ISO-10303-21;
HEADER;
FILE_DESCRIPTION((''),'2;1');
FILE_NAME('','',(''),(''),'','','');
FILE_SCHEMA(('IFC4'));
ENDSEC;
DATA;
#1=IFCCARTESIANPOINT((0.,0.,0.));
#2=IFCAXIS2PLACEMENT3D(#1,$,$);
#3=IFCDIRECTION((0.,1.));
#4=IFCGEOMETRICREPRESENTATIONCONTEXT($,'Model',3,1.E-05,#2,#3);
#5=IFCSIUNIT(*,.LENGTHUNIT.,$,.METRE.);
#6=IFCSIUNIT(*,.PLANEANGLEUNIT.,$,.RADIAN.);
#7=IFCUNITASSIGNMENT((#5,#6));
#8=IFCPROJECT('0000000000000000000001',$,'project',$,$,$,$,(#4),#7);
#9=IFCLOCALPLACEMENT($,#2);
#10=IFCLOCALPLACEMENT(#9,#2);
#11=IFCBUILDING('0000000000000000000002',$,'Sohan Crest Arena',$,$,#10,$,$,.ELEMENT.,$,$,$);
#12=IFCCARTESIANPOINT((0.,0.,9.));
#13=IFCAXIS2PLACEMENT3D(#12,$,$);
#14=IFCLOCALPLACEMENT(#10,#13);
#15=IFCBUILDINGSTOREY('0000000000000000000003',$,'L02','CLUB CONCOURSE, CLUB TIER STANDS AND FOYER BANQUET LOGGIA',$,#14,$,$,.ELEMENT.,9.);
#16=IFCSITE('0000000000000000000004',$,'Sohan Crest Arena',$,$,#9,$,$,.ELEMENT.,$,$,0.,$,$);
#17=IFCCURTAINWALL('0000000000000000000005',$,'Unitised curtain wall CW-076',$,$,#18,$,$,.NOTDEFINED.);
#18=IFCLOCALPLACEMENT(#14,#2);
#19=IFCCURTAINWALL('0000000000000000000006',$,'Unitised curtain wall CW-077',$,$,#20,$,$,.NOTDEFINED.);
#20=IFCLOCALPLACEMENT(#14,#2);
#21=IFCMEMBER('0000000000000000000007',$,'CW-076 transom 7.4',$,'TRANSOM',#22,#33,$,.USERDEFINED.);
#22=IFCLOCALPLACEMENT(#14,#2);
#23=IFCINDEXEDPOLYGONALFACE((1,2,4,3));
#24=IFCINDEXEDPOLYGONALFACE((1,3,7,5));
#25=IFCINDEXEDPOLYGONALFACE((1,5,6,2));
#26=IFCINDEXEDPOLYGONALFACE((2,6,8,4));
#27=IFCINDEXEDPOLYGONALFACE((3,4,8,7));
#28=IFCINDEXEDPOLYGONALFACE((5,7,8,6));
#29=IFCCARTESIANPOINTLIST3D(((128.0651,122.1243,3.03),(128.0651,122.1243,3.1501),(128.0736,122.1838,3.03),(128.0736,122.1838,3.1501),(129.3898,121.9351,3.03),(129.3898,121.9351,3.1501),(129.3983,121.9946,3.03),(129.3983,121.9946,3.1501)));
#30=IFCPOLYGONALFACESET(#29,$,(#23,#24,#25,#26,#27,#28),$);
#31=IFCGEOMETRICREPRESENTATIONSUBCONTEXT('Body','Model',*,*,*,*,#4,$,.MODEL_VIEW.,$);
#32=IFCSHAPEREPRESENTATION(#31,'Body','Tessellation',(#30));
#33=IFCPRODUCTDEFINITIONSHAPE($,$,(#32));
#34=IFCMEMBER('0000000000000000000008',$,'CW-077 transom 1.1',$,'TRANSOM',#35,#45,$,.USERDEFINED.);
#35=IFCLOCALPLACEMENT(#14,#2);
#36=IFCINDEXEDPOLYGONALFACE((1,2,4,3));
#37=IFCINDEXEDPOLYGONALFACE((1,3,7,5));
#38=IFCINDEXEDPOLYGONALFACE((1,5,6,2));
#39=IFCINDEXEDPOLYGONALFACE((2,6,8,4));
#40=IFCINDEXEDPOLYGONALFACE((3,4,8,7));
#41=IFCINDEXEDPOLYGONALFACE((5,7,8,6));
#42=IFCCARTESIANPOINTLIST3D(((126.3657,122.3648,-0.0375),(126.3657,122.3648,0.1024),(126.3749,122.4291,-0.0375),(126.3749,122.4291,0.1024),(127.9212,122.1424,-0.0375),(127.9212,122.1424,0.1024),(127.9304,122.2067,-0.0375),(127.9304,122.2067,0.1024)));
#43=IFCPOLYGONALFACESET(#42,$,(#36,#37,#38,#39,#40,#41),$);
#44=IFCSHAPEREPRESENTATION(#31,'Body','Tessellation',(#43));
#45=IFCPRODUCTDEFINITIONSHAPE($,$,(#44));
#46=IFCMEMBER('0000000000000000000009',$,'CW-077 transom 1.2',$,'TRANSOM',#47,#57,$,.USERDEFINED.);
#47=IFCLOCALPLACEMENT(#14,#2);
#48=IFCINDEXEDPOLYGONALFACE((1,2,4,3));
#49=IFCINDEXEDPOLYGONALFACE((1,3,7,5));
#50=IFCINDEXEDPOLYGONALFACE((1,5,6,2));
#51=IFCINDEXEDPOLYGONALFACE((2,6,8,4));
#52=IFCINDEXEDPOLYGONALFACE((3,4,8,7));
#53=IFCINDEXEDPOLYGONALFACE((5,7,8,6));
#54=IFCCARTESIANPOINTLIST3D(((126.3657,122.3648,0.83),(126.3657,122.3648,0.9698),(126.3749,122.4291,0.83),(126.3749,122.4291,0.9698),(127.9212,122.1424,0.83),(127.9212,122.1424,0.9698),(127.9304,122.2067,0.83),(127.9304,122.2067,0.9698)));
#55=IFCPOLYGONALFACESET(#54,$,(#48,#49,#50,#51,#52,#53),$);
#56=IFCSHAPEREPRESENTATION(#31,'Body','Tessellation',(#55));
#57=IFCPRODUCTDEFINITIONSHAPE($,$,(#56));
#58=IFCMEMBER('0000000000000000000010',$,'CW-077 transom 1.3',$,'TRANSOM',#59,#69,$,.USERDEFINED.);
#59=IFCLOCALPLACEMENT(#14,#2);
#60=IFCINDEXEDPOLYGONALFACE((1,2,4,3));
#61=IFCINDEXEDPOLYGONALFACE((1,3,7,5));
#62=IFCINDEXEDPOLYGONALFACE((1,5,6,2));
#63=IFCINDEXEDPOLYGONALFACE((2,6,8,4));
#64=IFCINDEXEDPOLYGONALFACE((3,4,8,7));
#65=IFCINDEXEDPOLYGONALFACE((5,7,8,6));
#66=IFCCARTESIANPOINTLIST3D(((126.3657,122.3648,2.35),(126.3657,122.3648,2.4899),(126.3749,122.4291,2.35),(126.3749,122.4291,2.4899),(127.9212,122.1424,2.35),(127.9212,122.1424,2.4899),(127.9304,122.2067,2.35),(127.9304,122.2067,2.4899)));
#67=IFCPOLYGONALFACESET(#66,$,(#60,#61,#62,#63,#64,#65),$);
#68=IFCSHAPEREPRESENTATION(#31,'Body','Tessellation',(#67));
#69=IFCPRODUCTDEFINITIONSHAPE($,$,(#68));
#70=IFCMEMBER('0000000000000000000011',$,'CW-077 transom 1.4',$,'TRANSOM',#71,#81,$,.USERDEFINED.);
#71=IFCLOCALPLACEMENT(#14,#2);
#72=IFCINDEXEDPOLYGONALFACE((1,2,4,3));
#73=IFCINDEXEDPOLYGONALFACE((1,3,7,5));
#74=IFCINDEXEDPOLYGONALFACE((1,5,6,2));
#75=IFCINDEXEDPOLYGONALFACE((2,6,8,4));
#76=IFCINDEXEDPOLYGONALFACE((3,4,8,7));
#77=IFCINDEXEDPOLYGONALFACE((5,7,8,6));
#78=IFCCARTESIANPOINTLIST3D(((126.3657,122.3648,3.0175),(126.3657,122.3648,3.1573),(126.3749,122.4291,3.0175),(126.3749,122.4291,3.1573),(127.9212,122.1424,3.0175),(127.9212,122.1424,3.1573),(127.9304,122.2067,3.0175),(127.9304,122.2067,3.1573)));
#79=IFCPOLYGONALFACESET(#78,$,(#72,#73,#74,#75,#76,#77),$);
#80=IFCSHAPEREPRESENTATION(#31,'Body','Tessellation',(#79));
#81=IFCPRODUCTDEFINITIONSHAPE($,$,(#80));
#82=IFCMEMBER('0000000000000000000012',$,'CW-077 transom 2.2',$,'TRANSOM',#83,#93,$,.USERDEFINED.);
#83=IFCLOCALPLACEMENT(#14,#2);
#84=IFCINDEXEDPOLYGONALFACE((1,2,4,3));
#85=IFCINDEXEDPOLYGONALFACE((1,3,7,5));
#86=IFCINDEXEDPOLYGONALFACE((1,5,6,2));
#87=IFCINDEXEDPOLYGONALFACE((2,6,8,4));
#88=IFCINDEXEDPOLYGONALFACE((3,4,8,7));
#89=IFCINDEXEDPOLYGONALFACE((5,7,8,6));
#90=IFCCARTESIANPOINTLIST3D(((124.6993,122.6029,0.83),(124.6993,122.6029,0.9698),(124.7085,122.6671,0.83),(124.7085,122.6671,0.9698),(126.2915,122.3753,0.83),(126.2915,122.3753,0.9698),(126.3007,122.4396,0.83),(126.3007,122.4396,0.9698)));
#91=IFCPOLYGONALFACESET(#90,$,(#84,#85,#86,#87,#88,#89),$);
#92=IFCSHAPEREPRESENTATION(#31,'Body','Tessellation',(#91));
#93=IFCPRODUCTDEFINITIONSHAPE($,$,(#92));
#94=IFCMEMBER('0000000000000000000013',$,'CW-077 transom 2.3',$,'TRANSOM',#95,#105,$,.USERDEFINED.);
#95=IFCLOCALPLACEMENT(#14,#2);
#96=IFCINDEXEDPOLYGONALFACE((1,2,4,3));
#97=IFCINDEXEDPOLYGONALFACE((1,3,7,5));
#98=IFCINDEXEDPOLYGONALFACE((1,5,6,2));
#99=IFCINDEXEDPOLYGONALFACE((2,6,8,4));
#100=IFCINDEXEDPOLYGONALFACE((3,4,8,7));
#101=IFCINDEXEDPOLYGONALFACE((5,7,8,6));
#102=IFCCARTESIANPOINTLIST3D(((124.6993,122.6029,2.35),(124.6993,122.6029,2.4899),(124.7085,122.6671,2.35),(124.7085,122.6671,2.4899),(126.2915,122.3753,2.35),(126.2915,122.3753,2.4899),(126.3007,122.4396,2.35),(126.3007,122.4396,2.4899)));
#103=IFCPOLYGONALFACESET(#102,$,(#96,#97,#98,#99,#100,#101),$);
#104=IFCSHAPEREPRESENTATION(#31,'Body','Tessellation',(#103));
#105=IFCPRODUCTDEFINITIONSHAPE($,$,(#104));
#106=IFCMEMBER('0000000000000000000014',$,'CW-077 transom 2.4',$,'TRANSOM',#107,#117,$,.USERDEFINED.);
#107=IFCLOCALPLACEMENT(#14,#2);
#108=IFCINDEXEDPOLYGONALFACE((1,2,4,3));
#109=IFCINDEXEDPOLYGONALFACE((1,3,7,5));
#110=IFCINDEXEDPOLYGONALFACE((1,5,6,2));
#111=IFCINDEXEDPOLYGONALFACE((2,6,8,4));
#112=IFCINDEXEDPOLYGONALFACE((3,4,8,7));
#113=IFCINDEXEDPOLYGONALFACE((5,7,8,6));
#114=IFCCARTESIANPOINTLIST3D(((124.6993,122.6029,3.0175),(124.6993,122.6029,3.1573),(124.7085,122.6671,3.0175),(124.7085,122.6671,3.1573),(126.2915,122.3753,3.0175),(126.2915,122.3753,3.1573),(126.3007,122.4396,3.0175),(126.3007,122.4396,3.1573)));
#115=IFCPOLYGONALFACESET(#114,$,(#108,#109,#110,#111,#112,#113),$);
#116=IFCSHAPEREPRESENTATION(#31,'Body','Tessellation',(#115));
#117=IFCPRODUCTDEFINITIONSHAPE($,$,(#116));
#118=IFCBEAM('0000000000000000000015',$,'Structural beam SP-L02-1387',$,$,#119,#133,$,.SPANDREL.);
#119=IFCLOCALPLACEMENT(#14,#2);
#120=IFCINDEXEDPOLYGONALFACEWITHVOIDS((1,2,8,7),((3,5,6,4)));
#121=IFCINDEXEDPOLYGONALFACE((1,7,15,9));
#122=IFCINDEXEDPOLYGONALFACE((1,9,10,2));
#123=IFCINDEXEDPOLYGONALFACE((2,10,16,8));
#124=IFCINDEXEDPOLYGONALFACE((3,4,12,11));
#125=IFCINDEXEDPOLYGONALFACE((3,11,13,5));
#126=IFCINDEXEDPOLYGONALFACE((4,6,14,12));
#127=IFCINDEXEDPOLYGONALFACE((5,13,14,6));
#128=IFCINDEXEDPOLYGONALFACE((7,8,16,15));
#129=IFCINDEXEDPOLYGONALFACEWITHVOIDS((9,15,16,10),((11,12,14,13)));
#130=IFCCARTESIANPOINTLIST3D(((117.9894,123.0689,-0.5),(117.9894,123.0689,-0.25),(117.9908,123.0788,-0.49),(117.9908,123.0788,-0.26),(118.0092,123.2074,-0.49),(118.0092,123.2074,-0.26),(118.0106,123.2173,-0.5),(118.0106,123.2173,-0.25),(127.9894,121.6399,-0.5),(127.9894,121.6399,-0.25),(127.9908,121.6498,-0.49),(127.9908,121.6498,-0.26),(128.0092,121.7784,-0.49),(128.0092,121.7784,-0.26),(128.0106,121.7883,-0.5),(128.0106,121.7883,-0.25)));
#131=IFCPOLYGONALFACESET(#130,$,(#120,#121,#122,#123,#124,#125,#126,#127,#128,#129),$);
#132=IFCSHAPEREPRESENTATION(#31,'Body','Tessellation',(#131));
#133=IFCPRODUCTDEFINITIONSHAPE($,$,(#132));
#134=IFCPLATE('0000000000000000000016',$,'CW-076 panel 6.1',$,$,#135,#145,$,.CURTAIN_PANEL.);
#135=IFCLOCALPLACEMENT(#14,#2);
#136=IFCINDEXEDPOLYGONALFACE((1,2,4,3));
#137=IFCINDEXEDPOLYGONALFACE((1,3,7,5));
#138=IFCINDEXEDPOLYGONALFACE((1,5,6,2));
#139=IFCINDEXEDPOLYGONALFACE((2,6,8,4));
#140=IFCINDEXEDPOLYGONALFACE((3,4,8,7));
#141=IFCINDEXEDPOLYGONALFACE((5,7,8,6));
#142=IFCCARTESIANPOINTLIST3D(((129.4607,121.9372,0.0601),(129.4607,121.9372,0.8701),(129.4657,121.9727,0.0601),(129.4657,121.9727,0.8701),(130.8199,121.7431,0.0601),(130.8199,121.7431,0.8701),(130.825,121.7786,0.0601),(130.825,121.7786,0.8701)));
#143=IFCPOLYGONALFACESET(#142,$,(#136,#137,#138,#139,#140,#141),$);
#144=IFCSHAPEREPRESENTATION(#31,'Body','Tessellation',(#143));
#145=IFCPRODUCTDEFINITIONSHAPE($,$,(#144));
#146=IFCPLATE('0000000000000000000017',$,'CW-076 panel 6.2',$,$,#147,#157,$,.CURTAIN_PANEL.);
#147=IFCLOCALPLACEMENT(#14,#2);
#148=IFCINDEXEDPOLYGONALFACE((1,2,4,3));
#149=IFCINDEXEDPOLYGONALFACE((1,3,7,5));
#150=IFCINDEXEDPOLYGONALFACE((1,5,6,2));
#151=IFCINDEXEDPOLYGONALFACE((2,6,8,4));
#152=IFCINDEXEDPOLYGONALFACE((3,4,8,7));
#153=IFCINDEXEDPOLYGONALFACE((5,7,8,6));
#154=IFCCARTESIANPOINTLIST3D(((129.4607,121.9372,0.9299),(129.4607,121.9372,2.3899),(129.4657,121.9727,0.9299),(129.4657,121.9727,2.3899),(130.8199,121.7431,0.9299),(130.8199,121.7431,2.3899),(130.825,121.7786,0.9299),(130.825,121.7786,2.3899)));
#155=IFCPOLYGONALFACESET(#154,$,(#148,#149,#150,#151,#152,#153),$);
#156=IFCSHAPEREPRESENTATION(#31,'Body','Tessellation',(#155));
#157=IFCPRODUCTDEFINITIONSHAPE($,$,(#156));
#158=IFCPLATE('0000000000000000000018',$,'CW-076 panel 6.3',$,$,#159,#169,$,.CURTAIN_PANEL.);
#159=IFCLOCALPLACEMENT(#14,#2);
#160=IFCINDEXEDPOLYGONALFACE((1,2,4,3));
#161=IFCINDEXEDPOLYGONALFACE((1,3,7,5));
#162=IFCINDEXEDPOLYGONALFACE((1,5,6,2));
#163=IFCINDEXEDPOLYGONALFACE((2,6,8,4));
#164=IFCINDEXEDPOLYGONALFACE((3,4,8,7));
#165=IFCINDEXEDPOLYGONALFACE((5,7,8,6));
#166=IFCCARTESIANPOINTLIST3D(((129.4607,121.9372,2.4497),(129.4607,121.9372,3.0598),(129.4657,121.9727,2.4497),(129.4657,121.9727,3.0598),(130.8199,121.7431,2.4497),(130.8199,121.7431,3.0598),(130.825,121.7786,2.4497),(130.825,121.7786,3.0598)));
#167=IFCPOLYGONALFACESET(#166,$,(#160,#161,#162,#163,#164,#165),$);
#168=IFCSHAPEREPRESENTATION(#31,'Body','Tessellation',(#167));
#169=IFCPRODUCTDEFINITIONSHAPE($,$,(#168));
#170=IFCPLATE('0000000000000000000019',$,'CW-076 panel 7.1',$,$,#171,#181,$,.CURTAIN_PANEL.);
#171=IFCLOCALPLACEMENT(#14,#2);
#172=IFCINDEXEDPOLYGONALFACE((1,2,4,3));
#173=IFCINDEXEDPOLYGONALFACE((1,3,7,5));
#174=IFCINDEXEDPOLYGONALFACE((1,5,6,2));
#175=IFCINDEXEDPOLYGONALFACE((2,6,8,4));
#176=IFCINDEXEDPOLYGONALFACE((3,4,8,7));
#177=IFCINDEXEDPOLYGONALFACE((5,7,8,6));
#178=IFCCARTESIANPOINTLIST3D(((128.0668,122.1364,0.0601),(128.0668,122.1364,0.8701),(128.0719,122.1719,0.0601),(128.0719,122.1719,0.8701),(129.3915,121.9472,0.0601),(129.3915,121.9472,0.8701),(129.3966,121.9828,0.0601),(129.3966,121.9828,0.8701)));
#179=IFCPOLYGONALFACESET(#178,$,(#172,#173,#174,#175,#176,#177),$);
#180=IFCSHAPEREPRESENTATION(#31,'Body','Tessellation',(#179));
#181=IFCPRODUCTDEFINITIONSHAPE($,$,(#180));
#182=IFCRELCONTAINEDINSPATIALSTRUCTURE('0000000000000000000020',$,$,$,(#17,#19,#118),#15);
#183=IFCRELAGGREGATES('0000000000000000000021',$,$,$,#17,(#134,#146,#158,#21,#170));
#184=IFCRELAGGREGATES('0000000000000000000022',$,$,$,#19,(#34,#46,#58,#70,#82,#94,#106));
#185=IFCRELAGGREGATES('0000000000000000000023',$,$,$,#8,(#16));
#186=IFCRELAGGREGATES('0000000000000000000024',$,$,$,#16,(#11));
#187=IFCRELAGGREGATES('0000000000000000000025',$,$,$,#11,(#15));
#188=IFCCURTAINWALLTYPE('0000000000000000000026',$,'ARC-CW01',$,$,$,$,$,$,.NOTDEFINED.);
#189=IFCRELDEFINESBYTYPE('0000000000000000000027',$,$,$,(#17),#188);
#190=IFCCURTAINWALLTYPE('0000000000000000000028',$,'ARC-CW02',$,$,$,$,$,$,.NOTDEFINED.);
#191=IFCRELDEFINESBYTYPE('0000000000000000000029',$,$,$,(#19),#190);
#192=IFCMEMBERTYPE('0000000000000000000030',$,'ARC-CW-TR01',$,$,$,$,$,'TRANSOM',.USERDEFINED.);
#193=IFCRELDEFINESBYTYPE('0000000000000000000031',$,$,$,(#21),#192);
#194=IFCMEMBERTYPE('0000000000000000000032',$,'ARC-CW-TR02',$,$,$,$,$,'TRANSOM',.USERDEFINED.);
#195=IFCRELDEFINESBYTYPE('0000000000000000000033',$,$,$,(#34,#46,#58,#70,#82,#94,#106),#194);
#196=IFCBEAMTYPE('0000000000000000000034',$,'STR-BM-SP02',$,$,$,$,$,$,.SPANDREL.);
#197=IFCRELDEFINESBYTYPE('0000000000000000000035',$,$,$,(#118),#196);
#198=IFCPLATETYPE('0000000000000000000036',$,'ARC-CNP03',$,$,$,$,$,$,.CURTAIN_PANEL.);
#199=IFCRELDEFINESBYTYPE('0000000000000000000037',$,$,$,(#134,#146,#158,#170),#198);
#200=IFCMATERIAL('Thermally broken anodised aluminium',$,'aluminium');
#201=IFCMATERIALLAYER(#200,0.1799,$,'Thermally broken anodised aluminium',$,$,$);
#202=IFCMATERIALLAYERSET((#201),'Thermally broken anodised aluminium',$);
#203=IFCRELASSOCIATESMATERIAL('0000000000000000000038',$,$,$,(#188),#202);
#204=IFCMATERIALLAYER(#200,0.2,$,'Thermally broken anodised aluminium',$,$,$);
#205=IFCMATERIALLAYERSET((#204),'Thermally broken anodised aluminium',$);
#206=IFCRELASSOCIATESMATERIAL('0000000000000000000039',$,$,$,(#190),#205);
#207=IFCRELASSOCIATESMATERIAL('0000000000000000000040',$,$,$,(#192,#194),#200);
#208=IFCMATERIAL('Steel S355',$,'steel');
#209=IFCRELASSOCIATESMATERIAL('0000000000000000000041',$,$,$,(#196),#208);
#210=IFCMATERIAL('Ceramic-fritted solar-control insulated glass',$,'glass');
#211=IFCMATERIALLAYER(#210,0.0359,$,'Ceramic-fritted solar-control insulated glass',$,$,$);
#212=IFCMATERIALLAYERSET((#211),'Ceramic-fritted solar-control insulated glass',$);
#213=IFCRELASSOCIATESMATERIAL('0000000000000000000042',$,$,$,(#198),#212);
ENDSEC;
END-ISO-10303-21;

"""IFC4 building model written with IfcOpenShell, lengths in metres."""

from ifc_helpers import new_model, si_unit, direction, frame, origin, origin_2d, place, context, subcontext, project, spatial, rectangle, hollow_rectangle, extrude, material, layer, layer_set, material_profile, profile_set, type_object, element, aggregate, save


model = new_model("IFC4")

# Units and contexts
model_context = context("Model", 3, precision=1e-05, world=origin(), true_north=direction((0.0, 1.0)))
body_context = subcontext(model_context, "Body", "Model", "MODEL_VIEW")
ifc_project = project(units=[si_unit("LENGTHUNIT", "METRE"), si_unit("PLANEANGLEUNIT", "RADIAN")], contexts=[model_context])

# Site, building, storey
site_placement = place(None, origin())
site = spatial("IfcSite", under=ifc_project, at=site_placement, Name="Sohan Crest Arena", CompositionType="ELEMENT", RefElevation=0.0)
building_placement = place(site_placement, origin())
building = spatial("IfcBuilding", under=site, at=building_placement, Name="Sohan Crest Arena", CompositionType="ELEMENT")
storey_placement = place(building_placement, frame((0.0, 0.0, 9.0)))
storey = spatial("IfcBuildingStorey", under=building, at=storey_placement, Name="L02", Description="CLUB CONCOURSE, CLUB TIER STANDS AND FOYER BANQUET LOGGIA", CompositionType="ELEMENT", Elevation=9.0)

# Shared definitions
ifc_material_1 = material(Name="Steel S355", Category="steel")

# Curtain walls
ifc_material_2 = material(Name="Thermally broken anodised aluminium", Category="aluminium")
ifc_layer_1 = layer(ifc_material_2, 0.1799, Name="Thermally broken anodised aluminium")
ifc_layer_set_1 = layer_set([ifc_layer_1], Name="Thermally broken anodised aluminium")
curtain_wall_type_1 = type_object("IfcCurtainWallType", Name="ARC-CW01", PredefinedType="NOTDEFINED", material=ifc_layer_set_1)
curtain_wall_1_placement = place(storey_placement, origin())
curtain_wall_1 = element("IfcCurtainWall", 1, at=curtain_wall_1_placement, inside=storey, type_object=curtain_wall_type_1, Name="Unitised curtain wall CW-076", PredefinedType="NOTDEFINED")
ifc_layer_2 = layer(ifc_material_2, 0.2, Name="Thermally broken anodised aluminium")
ifc_layer_set_2 = layer_set([ifc_layer_2], Name="Thermally broken anodised aluminium")
curtain_wall_type_2 = type_object("IfcCurtainWallType", Name="ARC-CW02", PredefinedType="NOTDEFINED", material=ifc_layer_set_2)
curtain_wall_2_placement = place(storey_placement, origin())
curtain_wall_2 = element("IfcCurtainWall", 2, at=curtain_wall_2_placement, inside=storey, type_object=curtain_wall_type_2, Name="Unitised curtain wall CW-077", PredefinedType="NOTDEFINED")

# Members
ifc_material_profile_1 = material_profile(ifc_material_2, rectangle(XDim=0.0601, YDim=0.1201, at=origin_2d()), Name="ALU-TRAN 60x120")
ifc_profile_set_1 = profile_set([ifc_material_profile_1], Name="Thermally broken anodised aluminium")
member_type_1 = type_object("IfcMemberType", Name="ARC-CW-TR01", ElementType="TRANSOM", PredefinedType="USERDEFINED", material=ifc_profile_set_1)
member_1_placement = place(storey_placement, frame((129.394, 121.9648, 3.0901), z_axis=(-0.989953, 0.141396, 0.0), x_axis=(-0.141396, -0.989953, 0.0)))
member_1 = element("IfcMember", 3, at=member_1_placement, type_object=member_type_1, Name="CW-076 transom 7.4", ObjectType="TRANSOM", PredefinedType="USERDEFINED", context=body_context, shape_type="SweptSolid", body=[
    extrude(rectangle(XDim=0.0601, YDim=0.1201, at=origin_2d()), origin(), (0.0, 0.0, 1.0), 1.3381),
])
ifc_material_profile_2 = material_profile(ifc_material_2, rectangle(XDim=0.0649, YDim=0.1399, at=origin_2d()), Name="ALU-TRAN 65x140")
ifc_profile_set_2 = profile_set([ifc_material_profile_2], Name="Thermally broken anodised aluminium")
member_type_2 = type_object("IfcMemberType", Name="ARC-CW-TR02", ElementType="TRANSOM", PredefinedType="USERDEFINED", material=ifc_profile_set_2)
member_2_placement = place(storey_placement, frame((127.9258, 122.1746, 0.0325), z_axis=(-0.989931, 0.141552, 0.0), x_axis=(-0.141552, -0.989931, 0.0)))
member_2 = element("IfcMember", 4, at=member_2_placement, type_object=member_type_2, Name="CW-077 transom 1.1", ObjectType="TRANSOM", PredefinedType="USERDEFINED", context=body_context, shape_type="SweptSolid", body=[
    extrude(rectangle(XDim=0.0649, YDim=0.1399, at=origin_2d()), origin(), (0.0, 0.0, 1.0), 1.5713),
])
member_3_placement = place(storey_placement, frame((127.9258, 122.1746, 0.8999), z_axis=(-0.989931, 0.141552, 0.0), x_axis=(-0.141552, -0.989931, 0.0)))
member_3 = element("IfcMember", 5, at=member_3_placement, type_object=member_type_2, Name="CW-077 transom 1.2", ObjectType="TRANSOM", PredefinedType="USERDEFINED", context=body_context, shape_type="SweptSolid", body=[
    extrude(rectangle(XDim=0.0649, YDim=0.1399, at=origin_2d()), origin(), (0.0, 0.0, 1.0), 1.5713),
])
member_4_placement = place(storey_placement, frame((127.9258, 122.1746, 2.4199), z_axis=(-0.989931, 0.141552, 0.0), x_axis=(-0.141552, -0.989931, 0.0)))
member_4 = element("IfcMember", 6, at=member_4_placement, type_object=member_type_2, Name="CW-077 transom 1.3", ObjectType="TRANSOM", PredefinedType="USERDEFINED", context=body_context, shape_type="SweptSolid", body=[
    extrude(rectangle(XDim=0.0649, YDim=0.1399, at=origin_2d()), origin(), (0.0, 0.0, 1.0), 1.5713),
])
member_5_placement = place(storey_placement, frame((127.9258, 122.1746, 3.0874), z_axis=(-0.989931, 0.141552, 0.0), x_axis=(-0.141552, -0.989931, 0.0)))
member_5 = element("IfcMember", 7, at=member_5_placement, type_object=member_type_2, Name="CW-077 transom 1.4", ObjectType="TRANSOM", PredefinedType="USERDEFINED", context=body_context, shape_type="SweptSolid", body=[
    extrude(rectangle(XDim=0.0649, YDim=0.1399, at=origin_2d()), origin(), (0.0, 0.0, 1.0), 1.5713),
])
member_6_placement = place(storey_placement, frame((126.2961, 122.4075, 0.8999), z_axis=(-0.989943, 0.141464, 0.0), x_axis=(-0.141464, -0.989943, 0.0)))
member_6 = element("IfcMember", 8, at=member_6_placement, type_object=member_type_2, Name="CW-077 transom 2.2", ObjectType="TRANSOM", PredefinedType="USERDEFINED", context=body_context, shape_type="SweptSolid", body=[
    extrude(rectangle(XDim=0.0649, YDim=0.1399, at=origin_2d()), origin(), (0.0, 0.0, 1.0), 1.6084),
])
member_7_placement = place(storey_placement, frame((126.2961, 122.4075, 2.4199), z_axis=(-0.989943, 0.141464, 0.0), x_axis=(-0.141464, -0.989943, 0.0)))
member_7 = element("IfcMember", 9, at=member_7_placement, type_object=member_type_2, Name="CW-077 transom 2.3", ObjectType="TRANSOM", PredefinedType="USERDEFINED", context=body_context, shape_type="SweptSolid", body=[
    extrude(rectangle(XDim=0.0649, YDim=0.1399, at=origin_2d()), origin(), (0.0, 0.0, 1.0), 1.6084),
])
member_8_placement = place(storey_placement, frame((126.2961, 122.4075, 3.0874), z_axis=(-0.989943, 0.141464, 0.0), x_axis=(-0.141464, -0.989943, 0.0)))
member_8 = element("IfcMember", 10, at=member_8_placement, type_object=member_type_2, Name="CW-077 transom 2.4", ObjectType="TRANSOM", PredefinedType="USERDEFINED", context=body_context, shape_type="SweptSolid", body=[
    extrude(rectangle(XDim=0.0649, YDim=0.1399, at=origin_2d()), origin(), (0.0, 0.0, 1.0), 1.6084),
])

# Beam
ifc_material_profile_3 = material_profile(ifc_material_1, hollow_rectangle(XDim=0.1499, YDim=0.25, WallThickness=0.01, at=origin_2d()), Name="RHS 250x150x10")
ifc_profile_set_3 = profile_set([ifc_material_profile_3], Name="Steel S355")
beam_type = type_object("IfcBeamType", Name="STR-BM-SP02", PredefinedType="SPANDREL", material=ifc_profile_set_3)
beam_placement = place(storey_placement, frame((128.0, 121.7141, -0.375), z_axis=(-0.989944, 0.141459, 0.0), x_axis=(-0.141459, -0.989944, 0.0)))
element("IfcBeam", 11, at=beam_placement, inside=storey, type_object=beam_type, Name="Structural beam SP-L02-1387", PredefinedType="SPANDREL", context=body_context, shape_type="SweptSolid", body=[
    extrude(hollow_rectangle(XDim=0.1499, YDim=0.25, WallThickness=0.01, at=origin_2d()), origin(), (0.0, 0.0, 1.0), 10.1016),
])

# Plates
ifc_material_3 = material(Name="Ceramic-fritted solar-control insulated glass", Category="glass")
ifc_layer_3 = layer(ifc_material_3, 0.0359, Name="Ceramic-fritted solar-control insulated glass")
ifc_layer_set_3 = layer_set([ifc_layer_3], Name="Ceramic-fritted solar-control insulated glass")
plate_type_1 = type_object("IfcPlateType", Name="ARC-CNP03", PredefinedType="CURTAIN_PANEL", material=ifc_layer_set_3)
plate_1_placement = place(storey_placement, frame((130.1428, 121.8579, 0.0601), z_axis=(0.0, 0.0, 1.0), x_axis=(-0.989957, 0.141366, 0.0)))
plate_1 = element("IfcPlate", 12, at=plate_1_placement, type_object=plate_type_1, Name="CW-076 panel 6.1", PredefinedType="CURTAIN_PANEL", context=body_context, shape_type="SweptSolid", body=[
    extrude(rectangle(XDim=1.373, YDim=0.0359, at=origin_2d()), origin(), (0.0, 0.0, 1.0), 0.8101),
])
plate_2_placement = place(storey_placement, frame((130.1428, 121.8579, 0.9299), z_axis=(0.0, 0.0, 1.0), x_axis=(-0.989957, 0.141366, 0.0)))
plate_2 = element("IfcPlate", 13, at=plate_2_placement, type_object=plate_type_1, Name="CW-076 panel 6.2", PredefinedType="CURTAIN_PANEL", context=body_context, shape_type="SweptSolid", body=[
    extrude(rectangle(XDim=1.373, YDim=0.0359, at=origin_2d()), origin(), (0.0, 0.0, 1.0), 1.46),
])
plate_3_placement = place(storey_placement, frame((130.1428, 121.8579, 2.4497), z_axis=(0.0, 0.0, 1.0), x_axis=(-0.989957, 0.141366, 0.0)))
plate_3 = element("IfcPlate", 14, at=plate_3_placement, type_object=plate_type_1, Name="CW-076 panel 6.3", PredefinedType="CURTAIN_PANEL", context=body_context, shape_type="SweptSolid", body=[
    extrude(rectangle(XDim=1.373, YDim=0.0359, at=origin_2d()), origin(), (0.0, 0.0, 1.0), 0.6101),
])
plate_4_placement = place(storey_placement, frame((128.7317, 122.0596, 0.0601), z_axis=(0.0, 0.0, 1.0), x_axis=(-0.989957, 0.141366, 0.0)))
plate_4 = element("IfcPlate", 15, at=plate_4_placement, type_object=plate_type_1, Name="CW-076 panel 7.1", PredefinedType="CURTAIN_PANEL", context=body_context, shape_type="SweptSolid", body=[
    extrude(rectangle(XDim=1.3381, YDim=0.0359, at=origin_2d()), origin(), (0.0, 0.0, 1.0), 0.8101),
])
aggregate(curtain_wall_1, [plate_1, plate_2, plate_3, member_1, plate_4])
aggregate(curtain_wall_2, [member_2, member_3, member_4, member_5, member_6, member_7, member_8])

save(model, "model.ifc")
